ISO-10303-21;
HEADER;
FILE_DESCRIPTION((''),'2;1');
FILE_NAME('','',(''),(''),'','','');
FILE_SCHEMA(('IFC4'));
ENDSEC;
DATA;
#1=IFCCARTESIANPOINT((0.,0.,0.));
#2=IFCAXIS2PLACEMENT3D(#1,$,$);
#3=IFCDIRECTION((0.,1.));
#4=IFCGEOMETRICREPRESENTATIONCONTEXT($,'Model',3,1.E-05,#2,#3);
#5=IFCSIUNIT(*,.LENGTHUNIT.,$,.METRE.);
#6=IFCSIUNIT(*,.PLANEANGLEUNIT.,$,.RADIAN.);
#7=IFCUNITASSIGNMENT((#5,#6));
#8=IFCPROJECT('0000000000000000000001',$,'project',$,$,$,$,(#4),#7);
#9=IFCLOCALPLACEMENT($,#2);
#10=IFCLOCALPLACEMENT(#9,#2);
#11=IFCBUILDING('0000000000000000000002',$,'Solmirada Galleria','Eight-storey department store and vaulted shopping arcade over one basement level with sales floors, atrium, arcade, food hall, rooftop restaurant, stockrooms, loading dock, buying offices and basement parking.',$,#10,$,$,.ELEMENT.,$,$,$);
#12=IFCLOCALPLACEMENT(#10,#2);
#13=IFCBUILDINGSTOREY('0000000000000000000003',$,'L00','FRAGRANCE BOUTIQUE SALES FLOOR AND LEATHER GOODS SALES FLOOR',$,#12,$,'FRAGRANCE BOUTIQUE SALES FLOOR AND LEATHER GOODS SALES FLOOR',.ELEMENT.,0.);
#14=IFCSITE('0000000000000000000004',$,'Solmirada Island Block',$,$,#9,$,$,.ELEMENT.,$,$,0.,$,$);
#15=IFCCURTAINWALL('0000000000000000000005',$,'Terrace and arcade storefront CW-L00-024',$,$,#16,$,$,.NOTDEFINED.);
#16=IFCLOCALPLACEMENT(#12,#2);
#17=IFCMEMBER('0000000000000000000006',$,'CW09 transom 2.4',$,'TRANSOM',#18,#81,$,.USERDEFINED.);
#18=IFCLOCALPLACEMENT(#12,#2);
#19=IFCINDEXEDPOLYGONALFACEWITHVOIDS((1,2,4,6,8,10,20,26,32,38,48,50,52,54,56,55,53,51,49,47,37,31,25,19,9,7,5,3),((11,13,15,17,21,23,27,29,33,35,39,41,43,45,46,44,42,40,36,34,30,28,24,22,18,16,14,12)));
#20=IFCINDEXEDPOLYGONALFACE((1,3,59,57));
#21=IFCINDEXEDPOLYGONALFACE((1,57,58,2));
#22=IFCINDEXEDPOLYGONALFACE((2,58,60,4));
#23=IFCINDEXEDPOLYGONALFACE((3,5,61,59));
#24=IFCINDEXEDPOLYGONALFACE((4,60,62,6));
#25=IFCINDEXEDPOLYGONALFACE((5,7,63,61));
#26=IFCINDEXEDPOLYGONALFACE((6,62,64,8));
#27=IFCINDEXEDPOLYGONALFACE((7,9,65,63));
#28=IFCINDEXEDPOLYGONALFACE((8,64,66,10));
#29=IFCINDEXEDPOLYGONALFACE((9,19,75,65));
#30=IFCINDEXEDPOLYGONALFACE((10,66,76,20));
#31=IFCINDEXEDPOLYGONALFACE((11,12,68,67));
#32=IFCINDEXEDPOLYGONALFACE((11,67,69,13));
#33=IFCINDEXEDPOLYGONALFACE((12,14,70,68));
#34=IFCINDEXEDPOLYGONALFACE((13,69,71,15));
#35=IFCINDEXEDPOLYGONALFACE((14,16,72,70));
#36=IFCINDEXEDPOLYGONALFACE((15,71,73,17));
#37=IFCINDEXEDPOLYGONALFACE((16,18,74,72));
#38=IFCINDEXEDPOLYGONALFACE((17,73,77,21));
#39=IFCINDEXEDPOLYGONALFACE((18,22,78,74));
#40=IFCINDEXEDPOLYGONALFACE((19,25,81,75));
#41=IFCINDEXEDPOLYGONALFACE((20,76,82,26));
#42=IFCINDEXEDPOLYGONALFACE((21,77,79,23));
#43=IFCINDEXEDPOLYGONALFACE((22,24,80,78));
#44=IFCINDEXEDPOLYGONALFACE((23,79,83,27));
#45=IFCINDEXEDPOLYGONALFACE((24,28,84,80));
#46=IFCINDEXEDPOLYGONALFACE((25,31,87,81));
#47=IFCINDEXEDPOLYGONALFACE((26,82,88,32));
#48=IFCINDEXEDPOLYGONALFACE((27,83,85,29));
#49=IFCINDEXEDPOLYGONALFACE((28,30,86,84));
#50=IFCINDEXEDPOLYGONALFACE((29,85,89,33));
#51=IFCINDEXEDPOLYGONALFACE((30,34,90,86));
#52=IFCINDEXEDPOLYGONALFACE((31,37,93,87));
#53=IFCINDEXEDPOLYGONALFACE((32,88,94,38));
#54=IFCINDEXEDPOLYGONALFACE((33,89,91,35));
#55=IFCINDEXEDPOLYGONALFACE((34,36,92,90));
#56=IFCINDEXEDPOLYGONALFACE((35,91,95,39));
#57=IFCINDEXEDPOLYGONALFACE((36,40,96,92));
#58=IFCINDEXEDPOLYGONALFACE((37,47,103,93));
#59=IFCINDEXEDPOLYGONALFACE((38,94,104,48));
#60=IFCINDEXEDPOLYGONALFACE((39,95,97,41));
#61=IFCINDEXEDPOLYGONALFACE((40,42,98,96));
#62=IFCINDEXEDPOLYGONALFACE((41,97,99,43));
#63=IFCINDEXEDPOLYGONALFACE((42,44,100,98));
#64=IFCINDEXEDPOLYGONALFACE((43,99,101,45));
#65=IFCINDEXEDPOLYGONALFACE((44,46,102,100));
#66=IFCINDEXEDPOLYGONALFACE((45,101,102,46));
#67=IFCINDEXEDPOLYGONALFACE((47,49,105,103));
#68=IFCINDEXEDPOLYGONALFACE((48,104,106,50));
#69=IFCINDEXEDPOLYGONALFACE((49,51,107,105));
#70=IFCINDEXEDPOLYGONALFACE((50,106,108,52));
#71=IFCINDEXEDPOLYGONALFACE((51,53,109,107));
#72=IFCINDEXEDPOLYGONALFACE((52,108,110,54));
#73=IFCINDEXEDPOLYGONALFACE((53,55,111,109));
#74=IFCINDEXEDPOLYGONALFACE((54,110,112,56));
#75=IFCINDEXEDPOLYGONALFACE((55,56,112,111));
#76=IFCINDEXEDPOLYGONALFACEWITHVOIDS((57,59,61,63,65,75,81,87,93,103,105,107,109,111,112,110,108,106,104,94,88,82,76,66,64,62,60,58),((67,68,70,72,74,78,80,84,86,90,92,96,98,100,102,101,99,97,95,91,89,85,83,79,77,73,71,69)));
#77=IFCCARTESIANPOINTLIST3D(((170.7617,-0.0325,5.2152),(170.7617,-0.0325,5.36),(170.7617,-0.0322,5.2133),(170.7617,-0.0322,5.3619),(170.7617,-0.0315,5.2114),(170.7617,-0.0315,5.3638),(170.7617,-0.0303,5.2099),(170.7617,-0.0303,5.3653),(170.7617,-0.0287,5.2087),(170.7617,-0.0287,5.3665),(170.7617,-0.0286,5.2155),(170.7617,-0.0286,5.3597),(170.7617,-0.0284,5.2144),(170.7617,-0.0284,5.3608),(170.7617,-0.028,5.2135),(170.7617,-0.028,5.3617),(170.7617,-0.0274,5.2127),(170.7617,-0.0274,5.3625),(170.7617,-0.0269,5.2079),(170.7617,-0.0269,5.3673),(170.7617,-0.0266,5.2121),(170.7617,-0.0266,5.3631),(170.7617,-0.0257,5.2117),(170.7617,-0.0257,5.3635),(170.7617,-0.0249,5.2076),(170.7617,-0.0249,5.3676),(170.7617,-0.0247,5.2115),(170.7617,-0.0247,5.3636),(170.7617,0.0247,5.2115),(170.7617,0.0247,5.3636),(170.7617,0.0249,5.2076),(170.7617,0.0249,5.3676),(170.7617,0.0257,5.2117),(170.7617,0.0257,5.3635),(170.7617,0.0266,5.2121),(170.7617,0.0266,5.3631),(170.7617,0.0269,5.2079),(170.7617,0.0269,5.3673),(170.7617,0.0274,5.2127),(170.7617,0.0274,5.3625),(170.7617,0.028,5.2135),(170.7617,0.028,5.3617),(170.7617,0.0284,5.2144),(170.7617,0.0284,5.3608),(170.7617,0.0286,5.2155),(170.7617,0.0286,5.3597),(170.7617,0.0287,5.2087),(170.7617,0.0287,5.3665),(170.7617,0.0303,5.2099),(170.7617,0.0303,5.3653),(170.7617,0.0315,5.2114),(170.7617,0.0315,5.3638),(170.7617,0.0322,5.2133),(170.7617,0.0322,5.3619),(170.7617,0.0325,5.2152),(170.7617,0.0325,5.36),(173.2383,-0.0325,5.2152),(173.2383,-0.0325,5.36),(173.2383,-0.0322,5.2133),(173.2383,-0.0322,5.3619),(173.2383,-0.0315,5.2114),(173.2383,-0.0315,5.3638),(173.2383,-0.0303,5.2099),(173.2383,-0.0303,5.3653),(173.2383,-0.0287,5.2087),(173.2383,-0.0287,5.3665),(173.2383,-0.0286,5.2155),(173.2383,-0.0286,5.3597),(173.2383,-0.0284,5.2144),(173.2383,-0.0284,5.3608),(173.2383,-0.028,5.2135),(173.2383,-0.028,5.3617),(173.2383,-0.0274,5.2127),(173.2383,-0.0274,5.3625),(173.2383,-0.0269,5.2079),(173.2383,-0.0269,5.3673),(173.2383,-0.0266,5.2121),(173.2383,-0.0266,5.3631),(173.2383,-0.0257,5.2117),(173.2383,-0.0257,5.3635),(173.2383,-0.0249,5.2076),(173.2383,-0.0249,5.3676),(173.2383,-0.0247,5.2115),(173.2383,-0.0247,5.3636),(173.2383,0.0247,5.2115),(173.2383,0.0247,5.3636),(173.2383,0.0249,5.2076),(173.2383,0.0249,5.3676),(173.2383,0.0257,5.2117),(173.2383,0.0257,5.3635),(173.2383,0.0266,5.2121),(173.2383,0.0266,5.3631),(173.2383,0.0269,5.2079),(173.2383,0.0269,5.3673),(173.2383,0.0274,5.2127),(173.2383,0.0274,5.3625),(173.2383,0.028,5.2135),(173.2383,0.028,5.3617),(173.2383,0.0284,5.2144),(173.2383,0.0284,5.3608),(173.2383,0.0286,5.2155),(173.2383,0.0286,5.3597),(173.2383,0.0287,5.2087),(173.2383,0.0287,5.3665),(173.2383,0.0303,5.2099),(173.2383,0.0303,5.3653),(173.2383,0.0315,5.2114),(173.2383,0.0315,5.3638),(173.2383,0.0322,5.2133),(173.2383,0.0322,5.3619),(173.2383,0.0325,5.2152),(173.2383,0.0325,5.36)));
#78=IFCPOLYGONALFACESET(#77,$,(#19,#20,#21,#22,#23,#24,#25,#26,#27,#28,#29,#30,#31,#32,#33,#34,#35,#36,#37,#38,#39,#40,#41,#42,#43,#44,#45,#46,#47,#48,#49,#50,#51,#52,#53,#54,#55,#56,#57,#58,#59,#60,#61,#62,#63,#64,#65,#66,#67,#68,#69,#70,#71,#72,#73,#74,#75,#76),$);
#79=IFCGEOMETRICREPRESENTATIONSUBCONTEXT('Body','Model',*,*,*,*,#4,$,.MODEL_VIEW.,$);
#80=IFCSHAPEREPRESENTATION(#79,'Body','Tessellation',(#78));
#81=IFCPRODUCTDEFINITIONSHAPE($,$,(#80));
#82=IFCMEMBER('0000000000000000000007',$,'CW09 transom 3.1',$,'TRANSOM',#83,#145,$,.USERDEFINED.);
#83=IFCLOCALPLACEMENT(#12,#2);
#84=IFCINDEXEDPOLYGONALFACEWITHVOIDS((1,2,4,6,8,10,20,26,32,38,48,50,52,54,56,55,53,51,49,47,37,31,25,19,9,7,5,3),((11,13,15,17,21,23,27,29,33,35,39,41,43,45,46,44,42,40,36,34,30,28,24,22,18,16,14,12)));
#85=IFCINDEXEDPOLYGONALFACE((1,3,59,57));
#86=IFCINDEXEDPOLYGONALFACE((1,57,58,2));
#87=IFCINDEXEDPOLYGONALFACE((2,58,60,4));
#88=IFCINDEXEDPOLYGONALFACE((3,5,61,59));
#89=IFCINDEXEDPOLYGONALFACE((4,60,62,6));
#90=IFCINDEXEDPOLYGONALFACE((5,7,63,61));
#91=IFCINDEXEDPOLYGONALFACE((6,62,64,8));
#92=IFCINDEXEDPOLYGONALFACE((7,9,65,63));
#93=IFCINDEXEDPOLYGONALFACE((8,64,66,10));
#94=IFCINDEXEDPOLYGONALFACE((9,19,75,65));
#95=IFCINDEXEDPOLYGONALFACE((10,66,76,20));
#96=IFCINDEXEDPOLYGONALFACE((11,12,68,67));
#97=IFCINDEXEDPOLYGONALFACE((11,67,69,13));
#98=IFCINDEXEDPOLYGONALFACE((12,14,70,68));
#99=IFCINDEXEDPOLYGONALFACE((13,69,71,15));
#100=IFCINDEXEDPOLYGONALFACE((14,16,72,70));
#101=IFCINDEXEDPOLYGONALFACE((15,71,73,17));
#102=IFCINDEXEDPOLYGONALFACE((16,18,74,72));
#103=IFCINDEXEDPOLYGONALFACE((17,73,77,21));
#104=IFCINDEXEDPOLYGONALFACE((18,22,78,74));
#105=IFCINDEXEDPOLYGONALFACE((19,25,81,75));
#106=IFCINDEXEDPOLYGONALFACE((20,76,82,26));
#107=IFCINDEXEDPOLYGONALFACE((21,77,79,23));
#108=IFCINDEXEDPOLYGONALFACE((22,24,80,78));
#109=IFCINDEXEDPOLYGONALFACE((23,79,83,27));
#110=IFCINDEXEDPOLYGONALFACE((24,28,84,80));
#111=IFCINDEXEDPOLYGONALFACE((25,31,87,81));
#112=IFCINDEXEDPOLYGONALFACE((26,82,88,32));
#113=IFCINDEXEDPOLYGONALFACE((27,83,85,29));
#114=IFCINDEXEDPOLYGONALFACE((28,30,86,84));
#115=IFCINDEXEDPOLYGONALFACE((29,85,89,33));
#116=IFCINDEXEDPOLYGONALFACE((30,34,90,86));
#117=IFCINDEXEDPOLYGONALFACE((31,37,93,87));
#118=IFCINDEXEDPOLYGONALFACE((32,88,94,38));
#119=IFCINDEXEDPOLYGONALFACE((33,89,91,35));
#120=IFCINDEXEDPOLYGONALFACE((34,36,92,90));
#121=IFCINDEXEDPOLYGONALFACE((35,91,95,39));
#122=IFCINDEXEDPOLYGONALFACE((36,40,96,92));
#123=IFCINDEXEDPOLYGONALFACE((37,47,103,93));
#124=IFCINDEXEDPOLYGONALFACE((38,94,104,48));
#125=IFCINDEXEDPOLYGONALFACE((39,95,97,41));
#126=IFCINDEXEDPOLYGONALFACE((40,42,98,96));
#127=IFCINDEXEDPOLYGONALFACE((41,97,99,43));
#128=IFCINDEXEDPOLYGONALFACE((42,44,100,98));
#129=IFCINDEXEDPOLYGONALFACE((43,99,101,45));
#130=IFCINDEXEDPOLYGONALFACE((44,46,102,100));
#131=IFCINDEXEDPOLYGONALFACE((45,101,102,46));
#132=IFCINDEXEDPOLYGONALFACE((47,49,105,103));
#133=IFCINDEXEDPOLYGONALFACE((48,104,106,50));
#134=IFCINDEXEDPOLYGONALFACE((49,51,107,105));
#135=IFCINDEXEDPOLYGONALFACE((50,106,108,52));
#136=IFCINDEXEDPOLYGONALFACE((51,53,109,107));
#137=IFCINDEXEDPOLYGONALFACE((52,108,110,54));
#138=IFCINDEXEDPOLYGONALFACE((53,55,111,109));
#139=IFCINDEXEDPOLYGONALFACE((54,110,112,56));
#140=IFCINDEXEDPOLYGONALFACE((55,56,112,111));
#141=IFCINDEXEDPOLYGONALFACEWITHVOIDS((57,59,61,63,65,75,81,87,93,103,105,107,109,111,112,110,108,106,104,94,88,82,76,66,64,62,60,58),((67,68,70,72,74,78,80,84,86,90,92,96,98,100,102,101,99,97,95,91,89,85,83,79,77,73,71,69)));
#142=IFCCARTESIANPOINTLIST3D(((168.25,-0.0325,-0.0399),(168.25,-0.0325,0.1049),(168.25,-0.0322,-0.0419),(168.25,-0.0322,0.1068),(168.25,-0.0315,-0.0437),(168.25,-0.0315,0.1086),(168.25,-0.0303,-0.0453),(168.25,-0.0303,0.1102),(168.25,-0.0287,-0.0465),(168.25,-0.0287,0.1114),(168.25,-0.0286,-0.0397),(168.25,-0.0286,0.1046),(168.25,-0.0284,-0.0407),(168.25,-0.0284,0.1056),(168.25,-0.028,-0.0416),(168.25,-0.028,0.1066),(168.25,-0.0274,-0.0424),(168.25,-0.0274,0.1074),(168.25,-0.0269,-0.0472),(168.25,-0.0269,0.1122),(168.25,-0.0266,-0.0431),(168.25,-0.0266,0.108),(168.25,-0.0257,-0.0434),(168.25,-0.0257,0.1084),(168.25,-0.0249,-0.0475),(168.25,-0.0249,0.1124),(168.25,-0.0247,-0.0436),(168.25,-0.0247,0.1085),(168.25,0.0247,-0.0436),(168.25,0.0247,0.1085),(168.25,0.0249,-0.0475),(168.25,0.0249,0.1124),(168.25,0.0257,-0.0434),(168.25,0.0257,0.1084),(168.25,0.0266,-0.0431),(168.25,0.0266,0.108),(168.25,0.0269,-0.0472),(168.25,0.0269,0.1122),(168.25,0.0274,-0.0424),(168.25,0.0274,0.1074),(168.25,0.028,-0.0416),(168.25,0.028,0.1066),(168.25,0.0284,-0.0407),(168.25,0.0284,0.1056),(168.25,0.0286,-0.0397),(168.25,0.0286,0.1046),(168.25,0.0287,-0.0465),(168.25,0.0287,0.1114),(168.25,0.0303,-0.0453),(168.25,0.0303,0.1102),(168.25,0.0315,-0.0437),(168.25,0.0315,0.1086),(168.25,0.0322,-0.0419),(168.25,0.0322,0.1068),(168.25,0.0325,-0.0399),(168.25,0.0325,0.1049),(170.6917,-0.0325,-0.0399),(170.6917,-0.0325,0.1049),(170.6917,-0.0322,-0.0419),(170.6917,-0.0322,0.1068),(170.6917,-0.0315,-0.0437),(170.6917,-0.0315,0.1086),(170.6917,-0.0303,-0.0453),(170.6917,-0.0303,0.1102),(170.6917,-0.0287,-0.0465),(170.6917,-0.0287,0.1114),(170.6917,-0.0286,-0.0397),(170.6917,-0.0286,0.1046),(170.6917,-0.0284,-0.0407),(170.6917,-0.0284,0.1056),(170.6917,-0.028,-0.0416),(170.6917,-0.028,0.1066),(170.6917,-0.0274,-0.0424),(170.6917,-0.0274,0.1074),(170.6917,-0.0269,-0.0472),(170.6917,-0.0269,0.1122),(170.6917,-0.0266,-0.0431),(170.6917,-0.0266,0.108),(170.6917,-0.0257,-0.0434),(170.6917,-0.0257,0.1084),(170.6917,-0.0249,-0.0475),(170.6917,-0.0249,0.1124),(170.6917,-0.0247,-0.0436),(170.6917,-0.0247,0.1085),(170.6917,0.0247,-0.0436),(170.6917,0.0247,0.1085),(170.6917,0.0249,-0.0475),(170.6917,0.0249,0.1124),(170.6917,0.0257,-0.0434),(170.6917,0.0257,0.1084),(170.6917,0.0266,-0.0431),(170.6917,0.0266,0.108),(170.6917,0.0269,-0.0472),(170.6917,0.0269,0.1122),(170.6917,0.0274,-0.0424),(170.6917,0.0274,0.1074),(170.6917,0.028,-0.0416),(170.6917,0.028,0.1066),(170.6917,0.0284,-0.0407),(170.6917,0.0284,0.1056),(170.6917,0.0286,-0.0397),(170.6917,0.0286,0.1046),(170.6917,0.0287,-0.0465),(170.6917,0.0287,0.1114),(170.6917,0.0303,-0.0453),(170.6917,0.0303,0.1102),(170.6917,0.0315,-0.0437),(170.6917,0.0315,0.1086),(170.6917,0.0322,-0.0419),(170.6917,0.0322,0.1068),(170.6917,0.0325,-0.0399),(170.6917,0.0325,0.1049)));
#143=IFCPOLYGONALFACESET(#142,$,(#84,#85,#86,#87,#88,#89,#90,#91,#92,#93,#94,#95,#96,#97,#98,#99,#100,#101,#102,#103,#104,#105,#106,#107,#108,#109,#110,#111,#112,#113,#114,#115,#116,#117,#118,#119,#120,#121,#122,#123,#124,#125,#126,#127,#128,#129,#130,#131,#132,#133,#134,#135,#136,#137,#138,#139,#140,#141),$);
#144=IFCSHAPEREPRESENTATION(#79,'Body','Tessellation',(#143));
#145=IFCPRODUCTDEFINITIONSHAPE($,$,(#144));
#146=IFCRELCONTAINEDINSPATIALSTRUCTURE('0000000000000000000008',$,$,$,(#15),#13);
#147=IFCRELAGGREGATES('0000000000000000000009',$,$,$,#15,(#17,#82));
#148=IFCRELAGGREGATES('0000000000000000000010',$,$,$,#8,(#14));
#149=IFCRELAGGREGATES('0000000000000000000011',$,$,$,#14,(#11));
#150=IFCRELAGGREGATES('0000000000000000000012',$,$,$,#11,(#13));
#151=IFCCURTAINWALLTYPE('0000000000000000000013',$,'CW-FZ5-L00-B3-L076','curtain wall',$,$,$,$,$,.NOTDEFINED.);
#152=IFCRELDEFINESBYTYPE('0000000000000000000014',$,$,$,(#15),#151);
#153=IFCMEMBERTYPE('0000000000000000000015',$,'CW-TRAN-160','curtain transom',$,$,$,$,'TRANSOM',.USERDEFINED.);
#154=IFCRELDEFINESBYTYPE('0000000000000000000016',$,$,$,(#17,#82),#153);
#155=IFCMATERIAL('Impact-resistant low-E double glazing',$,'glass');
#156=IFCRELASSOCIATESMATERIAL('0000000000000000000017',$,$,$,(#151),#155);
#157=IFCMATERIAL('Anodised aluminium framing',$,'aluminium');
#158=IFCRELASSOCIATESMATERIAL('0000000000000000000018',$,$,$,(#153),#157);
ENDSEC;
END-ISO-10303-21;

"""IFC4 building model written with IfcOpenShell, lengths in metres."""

from ifc_helpers import new_model, si_unit, direction, frame, origin, origin_2d, place, context, subcontext, project, spatial, hollow_rectangle, extrude, material, material_profile, profile_set, type_object, element, aggregate, save


model = new_model("IFC4")

# Units and contexts
model_context = context("Model", 3, precision=1e-05, world=origin(), true_north=direction((0.0, 1.0)))
body_context = subcontext(model_context, "Body", "Model", "MODEL_VIEW")
ifc_project = project(units=[si_unit("LENGTHUNIT", "METRE"), si_unit("PLANEANGLEUNIT", "RADIAN")], contexts=[model_context])

# Site, building, storey
site_placement = place(None, origin())
site = spatial("IfcSite", under=ifc_project, at=site_placement, Name="Solmirada Island Block", CompositionType="ELEMENT", RefElevation=0.0)
building_placement = place(site_placement, origin())
building = spatial("IfcBuilding", under=site, at=building_placement, Name="Solmirada Galleria", Description="Eight-storey department store and vaulted shopping arcade over one basement level with sales floors, atrium, arcade, food hall, rooftop restaurant, stockrooms, loading dock, buying offices and basement parking.", CompositionType="ELEMENT")
storey_placement = place(building_placement, origin())
storey = spatial("IfcBuildingStorey", under=building, at=storey_placement, Name="L00", Description="FRAGRANCE BOUTIQUE SALES FLOOR AND LEATHER GOODS SALES FLOOR", LongName="FRAGRANCE BOUTIQUE SALES FLOOR AND LEATHER GOODS SALES FLOOR", CompositionType="ELEMENT", Elevation=0.0)

# Curtain wall
ifc_material_1 = material(Name="Impact-resistant low-E double glazing", Category="glass")
curtain_wall_type = type_object("IfcCurtainWallType", Name="CW-FZ5-L00-B3-L076", Description="curtain wall", PredefinedType="NOTDEFINED", material=ifc_material_1)
curtain_wall_1_placement = place(storey_placement, origin())
curtain_wall_1 = element("IfcCurtainWall", 1, at=curtain_wall_1_placement, inside=storey, type_object=curtain_wall_type, Name="Terrace and arcade storefront CW-L00-024", PredefinedType="NOTDEFINED")
ifc_material_2 = material(Name="Anodised aluminium framing", Category="aluminium")

# Members
ifc_material_profile_1 = material_profile(ifc_material_2, hollow_rectangle(XDim=0.0649, YDim=0.1599, WallThickness=0.0039, InnerFilletRadius=0.0039, OuterFilletRadius=0.0076, at=origin_2d()), Name="ALU-TRAN-160X65")
ifc_profile_set_1 = profile_set([ifc_material_profile_1], Name="Anodised aluminium framing")
member_type_1 = type_object("IfcMemberType", Name="CW-TRAN-160", Description="curtain transom", ElementType="TRANSOM", PredefinedType="USERDEFINED", material=ifc_profile_set_1)
member_1_placement = place(storey_placement, frame((173.2383, 0.0, 5.2876), z_axis=(-1.0, 0.0, 0.0), x_axis=(0.0, -1.0, 0.0)))
member_1 = element("IfcMember", 2, at=member_1_placement, type_object=member_type_1, Name="CW09 transom 2.4", ObjectType="TRANSOM", PredefinedType="USERDEFINED", context=body_context, shape_type="SweptSolid", body=[
    extrude(hollow_rectangle(XDim=0.0649, YDim=0.1599, WallThickness=0.0039, InnerFilletRadius=0.0039, OuterFilletRadius=0.0076, at=origin_2d()), origin(), (0.0, 0.0, 1.0), 2.4766),
])
member_2_placement = place(storey_placement, frame((170.6917, 0.0, 0.0325), z_axis=(-1.0, 0.0, 0.0), x_axis=(0.0, -1.0, 0.0)))
member_2 = element("IfcMember", 3, at=member_2_placement, type_object=member_type_1, Name="CW09 transom 3.1", ObjectType="TRANSOM", PredefinedType="USERDEFINED", context=body_context, shape_type="SweptSolid", body=[
    extrude(hollow_rectangle(XDim=0.0649, YDim=0.1599, WallThickness=0.0039, InnerFilletRadius=0.0039, OuterFilletRadius=0.0076, at=origin_2d()), origin(), (0.0, 0.0, 1.0), 2.4417),
])

aggregate(curtain_wall_1, [member_1, member_2])

save(model, "model.ifc")
